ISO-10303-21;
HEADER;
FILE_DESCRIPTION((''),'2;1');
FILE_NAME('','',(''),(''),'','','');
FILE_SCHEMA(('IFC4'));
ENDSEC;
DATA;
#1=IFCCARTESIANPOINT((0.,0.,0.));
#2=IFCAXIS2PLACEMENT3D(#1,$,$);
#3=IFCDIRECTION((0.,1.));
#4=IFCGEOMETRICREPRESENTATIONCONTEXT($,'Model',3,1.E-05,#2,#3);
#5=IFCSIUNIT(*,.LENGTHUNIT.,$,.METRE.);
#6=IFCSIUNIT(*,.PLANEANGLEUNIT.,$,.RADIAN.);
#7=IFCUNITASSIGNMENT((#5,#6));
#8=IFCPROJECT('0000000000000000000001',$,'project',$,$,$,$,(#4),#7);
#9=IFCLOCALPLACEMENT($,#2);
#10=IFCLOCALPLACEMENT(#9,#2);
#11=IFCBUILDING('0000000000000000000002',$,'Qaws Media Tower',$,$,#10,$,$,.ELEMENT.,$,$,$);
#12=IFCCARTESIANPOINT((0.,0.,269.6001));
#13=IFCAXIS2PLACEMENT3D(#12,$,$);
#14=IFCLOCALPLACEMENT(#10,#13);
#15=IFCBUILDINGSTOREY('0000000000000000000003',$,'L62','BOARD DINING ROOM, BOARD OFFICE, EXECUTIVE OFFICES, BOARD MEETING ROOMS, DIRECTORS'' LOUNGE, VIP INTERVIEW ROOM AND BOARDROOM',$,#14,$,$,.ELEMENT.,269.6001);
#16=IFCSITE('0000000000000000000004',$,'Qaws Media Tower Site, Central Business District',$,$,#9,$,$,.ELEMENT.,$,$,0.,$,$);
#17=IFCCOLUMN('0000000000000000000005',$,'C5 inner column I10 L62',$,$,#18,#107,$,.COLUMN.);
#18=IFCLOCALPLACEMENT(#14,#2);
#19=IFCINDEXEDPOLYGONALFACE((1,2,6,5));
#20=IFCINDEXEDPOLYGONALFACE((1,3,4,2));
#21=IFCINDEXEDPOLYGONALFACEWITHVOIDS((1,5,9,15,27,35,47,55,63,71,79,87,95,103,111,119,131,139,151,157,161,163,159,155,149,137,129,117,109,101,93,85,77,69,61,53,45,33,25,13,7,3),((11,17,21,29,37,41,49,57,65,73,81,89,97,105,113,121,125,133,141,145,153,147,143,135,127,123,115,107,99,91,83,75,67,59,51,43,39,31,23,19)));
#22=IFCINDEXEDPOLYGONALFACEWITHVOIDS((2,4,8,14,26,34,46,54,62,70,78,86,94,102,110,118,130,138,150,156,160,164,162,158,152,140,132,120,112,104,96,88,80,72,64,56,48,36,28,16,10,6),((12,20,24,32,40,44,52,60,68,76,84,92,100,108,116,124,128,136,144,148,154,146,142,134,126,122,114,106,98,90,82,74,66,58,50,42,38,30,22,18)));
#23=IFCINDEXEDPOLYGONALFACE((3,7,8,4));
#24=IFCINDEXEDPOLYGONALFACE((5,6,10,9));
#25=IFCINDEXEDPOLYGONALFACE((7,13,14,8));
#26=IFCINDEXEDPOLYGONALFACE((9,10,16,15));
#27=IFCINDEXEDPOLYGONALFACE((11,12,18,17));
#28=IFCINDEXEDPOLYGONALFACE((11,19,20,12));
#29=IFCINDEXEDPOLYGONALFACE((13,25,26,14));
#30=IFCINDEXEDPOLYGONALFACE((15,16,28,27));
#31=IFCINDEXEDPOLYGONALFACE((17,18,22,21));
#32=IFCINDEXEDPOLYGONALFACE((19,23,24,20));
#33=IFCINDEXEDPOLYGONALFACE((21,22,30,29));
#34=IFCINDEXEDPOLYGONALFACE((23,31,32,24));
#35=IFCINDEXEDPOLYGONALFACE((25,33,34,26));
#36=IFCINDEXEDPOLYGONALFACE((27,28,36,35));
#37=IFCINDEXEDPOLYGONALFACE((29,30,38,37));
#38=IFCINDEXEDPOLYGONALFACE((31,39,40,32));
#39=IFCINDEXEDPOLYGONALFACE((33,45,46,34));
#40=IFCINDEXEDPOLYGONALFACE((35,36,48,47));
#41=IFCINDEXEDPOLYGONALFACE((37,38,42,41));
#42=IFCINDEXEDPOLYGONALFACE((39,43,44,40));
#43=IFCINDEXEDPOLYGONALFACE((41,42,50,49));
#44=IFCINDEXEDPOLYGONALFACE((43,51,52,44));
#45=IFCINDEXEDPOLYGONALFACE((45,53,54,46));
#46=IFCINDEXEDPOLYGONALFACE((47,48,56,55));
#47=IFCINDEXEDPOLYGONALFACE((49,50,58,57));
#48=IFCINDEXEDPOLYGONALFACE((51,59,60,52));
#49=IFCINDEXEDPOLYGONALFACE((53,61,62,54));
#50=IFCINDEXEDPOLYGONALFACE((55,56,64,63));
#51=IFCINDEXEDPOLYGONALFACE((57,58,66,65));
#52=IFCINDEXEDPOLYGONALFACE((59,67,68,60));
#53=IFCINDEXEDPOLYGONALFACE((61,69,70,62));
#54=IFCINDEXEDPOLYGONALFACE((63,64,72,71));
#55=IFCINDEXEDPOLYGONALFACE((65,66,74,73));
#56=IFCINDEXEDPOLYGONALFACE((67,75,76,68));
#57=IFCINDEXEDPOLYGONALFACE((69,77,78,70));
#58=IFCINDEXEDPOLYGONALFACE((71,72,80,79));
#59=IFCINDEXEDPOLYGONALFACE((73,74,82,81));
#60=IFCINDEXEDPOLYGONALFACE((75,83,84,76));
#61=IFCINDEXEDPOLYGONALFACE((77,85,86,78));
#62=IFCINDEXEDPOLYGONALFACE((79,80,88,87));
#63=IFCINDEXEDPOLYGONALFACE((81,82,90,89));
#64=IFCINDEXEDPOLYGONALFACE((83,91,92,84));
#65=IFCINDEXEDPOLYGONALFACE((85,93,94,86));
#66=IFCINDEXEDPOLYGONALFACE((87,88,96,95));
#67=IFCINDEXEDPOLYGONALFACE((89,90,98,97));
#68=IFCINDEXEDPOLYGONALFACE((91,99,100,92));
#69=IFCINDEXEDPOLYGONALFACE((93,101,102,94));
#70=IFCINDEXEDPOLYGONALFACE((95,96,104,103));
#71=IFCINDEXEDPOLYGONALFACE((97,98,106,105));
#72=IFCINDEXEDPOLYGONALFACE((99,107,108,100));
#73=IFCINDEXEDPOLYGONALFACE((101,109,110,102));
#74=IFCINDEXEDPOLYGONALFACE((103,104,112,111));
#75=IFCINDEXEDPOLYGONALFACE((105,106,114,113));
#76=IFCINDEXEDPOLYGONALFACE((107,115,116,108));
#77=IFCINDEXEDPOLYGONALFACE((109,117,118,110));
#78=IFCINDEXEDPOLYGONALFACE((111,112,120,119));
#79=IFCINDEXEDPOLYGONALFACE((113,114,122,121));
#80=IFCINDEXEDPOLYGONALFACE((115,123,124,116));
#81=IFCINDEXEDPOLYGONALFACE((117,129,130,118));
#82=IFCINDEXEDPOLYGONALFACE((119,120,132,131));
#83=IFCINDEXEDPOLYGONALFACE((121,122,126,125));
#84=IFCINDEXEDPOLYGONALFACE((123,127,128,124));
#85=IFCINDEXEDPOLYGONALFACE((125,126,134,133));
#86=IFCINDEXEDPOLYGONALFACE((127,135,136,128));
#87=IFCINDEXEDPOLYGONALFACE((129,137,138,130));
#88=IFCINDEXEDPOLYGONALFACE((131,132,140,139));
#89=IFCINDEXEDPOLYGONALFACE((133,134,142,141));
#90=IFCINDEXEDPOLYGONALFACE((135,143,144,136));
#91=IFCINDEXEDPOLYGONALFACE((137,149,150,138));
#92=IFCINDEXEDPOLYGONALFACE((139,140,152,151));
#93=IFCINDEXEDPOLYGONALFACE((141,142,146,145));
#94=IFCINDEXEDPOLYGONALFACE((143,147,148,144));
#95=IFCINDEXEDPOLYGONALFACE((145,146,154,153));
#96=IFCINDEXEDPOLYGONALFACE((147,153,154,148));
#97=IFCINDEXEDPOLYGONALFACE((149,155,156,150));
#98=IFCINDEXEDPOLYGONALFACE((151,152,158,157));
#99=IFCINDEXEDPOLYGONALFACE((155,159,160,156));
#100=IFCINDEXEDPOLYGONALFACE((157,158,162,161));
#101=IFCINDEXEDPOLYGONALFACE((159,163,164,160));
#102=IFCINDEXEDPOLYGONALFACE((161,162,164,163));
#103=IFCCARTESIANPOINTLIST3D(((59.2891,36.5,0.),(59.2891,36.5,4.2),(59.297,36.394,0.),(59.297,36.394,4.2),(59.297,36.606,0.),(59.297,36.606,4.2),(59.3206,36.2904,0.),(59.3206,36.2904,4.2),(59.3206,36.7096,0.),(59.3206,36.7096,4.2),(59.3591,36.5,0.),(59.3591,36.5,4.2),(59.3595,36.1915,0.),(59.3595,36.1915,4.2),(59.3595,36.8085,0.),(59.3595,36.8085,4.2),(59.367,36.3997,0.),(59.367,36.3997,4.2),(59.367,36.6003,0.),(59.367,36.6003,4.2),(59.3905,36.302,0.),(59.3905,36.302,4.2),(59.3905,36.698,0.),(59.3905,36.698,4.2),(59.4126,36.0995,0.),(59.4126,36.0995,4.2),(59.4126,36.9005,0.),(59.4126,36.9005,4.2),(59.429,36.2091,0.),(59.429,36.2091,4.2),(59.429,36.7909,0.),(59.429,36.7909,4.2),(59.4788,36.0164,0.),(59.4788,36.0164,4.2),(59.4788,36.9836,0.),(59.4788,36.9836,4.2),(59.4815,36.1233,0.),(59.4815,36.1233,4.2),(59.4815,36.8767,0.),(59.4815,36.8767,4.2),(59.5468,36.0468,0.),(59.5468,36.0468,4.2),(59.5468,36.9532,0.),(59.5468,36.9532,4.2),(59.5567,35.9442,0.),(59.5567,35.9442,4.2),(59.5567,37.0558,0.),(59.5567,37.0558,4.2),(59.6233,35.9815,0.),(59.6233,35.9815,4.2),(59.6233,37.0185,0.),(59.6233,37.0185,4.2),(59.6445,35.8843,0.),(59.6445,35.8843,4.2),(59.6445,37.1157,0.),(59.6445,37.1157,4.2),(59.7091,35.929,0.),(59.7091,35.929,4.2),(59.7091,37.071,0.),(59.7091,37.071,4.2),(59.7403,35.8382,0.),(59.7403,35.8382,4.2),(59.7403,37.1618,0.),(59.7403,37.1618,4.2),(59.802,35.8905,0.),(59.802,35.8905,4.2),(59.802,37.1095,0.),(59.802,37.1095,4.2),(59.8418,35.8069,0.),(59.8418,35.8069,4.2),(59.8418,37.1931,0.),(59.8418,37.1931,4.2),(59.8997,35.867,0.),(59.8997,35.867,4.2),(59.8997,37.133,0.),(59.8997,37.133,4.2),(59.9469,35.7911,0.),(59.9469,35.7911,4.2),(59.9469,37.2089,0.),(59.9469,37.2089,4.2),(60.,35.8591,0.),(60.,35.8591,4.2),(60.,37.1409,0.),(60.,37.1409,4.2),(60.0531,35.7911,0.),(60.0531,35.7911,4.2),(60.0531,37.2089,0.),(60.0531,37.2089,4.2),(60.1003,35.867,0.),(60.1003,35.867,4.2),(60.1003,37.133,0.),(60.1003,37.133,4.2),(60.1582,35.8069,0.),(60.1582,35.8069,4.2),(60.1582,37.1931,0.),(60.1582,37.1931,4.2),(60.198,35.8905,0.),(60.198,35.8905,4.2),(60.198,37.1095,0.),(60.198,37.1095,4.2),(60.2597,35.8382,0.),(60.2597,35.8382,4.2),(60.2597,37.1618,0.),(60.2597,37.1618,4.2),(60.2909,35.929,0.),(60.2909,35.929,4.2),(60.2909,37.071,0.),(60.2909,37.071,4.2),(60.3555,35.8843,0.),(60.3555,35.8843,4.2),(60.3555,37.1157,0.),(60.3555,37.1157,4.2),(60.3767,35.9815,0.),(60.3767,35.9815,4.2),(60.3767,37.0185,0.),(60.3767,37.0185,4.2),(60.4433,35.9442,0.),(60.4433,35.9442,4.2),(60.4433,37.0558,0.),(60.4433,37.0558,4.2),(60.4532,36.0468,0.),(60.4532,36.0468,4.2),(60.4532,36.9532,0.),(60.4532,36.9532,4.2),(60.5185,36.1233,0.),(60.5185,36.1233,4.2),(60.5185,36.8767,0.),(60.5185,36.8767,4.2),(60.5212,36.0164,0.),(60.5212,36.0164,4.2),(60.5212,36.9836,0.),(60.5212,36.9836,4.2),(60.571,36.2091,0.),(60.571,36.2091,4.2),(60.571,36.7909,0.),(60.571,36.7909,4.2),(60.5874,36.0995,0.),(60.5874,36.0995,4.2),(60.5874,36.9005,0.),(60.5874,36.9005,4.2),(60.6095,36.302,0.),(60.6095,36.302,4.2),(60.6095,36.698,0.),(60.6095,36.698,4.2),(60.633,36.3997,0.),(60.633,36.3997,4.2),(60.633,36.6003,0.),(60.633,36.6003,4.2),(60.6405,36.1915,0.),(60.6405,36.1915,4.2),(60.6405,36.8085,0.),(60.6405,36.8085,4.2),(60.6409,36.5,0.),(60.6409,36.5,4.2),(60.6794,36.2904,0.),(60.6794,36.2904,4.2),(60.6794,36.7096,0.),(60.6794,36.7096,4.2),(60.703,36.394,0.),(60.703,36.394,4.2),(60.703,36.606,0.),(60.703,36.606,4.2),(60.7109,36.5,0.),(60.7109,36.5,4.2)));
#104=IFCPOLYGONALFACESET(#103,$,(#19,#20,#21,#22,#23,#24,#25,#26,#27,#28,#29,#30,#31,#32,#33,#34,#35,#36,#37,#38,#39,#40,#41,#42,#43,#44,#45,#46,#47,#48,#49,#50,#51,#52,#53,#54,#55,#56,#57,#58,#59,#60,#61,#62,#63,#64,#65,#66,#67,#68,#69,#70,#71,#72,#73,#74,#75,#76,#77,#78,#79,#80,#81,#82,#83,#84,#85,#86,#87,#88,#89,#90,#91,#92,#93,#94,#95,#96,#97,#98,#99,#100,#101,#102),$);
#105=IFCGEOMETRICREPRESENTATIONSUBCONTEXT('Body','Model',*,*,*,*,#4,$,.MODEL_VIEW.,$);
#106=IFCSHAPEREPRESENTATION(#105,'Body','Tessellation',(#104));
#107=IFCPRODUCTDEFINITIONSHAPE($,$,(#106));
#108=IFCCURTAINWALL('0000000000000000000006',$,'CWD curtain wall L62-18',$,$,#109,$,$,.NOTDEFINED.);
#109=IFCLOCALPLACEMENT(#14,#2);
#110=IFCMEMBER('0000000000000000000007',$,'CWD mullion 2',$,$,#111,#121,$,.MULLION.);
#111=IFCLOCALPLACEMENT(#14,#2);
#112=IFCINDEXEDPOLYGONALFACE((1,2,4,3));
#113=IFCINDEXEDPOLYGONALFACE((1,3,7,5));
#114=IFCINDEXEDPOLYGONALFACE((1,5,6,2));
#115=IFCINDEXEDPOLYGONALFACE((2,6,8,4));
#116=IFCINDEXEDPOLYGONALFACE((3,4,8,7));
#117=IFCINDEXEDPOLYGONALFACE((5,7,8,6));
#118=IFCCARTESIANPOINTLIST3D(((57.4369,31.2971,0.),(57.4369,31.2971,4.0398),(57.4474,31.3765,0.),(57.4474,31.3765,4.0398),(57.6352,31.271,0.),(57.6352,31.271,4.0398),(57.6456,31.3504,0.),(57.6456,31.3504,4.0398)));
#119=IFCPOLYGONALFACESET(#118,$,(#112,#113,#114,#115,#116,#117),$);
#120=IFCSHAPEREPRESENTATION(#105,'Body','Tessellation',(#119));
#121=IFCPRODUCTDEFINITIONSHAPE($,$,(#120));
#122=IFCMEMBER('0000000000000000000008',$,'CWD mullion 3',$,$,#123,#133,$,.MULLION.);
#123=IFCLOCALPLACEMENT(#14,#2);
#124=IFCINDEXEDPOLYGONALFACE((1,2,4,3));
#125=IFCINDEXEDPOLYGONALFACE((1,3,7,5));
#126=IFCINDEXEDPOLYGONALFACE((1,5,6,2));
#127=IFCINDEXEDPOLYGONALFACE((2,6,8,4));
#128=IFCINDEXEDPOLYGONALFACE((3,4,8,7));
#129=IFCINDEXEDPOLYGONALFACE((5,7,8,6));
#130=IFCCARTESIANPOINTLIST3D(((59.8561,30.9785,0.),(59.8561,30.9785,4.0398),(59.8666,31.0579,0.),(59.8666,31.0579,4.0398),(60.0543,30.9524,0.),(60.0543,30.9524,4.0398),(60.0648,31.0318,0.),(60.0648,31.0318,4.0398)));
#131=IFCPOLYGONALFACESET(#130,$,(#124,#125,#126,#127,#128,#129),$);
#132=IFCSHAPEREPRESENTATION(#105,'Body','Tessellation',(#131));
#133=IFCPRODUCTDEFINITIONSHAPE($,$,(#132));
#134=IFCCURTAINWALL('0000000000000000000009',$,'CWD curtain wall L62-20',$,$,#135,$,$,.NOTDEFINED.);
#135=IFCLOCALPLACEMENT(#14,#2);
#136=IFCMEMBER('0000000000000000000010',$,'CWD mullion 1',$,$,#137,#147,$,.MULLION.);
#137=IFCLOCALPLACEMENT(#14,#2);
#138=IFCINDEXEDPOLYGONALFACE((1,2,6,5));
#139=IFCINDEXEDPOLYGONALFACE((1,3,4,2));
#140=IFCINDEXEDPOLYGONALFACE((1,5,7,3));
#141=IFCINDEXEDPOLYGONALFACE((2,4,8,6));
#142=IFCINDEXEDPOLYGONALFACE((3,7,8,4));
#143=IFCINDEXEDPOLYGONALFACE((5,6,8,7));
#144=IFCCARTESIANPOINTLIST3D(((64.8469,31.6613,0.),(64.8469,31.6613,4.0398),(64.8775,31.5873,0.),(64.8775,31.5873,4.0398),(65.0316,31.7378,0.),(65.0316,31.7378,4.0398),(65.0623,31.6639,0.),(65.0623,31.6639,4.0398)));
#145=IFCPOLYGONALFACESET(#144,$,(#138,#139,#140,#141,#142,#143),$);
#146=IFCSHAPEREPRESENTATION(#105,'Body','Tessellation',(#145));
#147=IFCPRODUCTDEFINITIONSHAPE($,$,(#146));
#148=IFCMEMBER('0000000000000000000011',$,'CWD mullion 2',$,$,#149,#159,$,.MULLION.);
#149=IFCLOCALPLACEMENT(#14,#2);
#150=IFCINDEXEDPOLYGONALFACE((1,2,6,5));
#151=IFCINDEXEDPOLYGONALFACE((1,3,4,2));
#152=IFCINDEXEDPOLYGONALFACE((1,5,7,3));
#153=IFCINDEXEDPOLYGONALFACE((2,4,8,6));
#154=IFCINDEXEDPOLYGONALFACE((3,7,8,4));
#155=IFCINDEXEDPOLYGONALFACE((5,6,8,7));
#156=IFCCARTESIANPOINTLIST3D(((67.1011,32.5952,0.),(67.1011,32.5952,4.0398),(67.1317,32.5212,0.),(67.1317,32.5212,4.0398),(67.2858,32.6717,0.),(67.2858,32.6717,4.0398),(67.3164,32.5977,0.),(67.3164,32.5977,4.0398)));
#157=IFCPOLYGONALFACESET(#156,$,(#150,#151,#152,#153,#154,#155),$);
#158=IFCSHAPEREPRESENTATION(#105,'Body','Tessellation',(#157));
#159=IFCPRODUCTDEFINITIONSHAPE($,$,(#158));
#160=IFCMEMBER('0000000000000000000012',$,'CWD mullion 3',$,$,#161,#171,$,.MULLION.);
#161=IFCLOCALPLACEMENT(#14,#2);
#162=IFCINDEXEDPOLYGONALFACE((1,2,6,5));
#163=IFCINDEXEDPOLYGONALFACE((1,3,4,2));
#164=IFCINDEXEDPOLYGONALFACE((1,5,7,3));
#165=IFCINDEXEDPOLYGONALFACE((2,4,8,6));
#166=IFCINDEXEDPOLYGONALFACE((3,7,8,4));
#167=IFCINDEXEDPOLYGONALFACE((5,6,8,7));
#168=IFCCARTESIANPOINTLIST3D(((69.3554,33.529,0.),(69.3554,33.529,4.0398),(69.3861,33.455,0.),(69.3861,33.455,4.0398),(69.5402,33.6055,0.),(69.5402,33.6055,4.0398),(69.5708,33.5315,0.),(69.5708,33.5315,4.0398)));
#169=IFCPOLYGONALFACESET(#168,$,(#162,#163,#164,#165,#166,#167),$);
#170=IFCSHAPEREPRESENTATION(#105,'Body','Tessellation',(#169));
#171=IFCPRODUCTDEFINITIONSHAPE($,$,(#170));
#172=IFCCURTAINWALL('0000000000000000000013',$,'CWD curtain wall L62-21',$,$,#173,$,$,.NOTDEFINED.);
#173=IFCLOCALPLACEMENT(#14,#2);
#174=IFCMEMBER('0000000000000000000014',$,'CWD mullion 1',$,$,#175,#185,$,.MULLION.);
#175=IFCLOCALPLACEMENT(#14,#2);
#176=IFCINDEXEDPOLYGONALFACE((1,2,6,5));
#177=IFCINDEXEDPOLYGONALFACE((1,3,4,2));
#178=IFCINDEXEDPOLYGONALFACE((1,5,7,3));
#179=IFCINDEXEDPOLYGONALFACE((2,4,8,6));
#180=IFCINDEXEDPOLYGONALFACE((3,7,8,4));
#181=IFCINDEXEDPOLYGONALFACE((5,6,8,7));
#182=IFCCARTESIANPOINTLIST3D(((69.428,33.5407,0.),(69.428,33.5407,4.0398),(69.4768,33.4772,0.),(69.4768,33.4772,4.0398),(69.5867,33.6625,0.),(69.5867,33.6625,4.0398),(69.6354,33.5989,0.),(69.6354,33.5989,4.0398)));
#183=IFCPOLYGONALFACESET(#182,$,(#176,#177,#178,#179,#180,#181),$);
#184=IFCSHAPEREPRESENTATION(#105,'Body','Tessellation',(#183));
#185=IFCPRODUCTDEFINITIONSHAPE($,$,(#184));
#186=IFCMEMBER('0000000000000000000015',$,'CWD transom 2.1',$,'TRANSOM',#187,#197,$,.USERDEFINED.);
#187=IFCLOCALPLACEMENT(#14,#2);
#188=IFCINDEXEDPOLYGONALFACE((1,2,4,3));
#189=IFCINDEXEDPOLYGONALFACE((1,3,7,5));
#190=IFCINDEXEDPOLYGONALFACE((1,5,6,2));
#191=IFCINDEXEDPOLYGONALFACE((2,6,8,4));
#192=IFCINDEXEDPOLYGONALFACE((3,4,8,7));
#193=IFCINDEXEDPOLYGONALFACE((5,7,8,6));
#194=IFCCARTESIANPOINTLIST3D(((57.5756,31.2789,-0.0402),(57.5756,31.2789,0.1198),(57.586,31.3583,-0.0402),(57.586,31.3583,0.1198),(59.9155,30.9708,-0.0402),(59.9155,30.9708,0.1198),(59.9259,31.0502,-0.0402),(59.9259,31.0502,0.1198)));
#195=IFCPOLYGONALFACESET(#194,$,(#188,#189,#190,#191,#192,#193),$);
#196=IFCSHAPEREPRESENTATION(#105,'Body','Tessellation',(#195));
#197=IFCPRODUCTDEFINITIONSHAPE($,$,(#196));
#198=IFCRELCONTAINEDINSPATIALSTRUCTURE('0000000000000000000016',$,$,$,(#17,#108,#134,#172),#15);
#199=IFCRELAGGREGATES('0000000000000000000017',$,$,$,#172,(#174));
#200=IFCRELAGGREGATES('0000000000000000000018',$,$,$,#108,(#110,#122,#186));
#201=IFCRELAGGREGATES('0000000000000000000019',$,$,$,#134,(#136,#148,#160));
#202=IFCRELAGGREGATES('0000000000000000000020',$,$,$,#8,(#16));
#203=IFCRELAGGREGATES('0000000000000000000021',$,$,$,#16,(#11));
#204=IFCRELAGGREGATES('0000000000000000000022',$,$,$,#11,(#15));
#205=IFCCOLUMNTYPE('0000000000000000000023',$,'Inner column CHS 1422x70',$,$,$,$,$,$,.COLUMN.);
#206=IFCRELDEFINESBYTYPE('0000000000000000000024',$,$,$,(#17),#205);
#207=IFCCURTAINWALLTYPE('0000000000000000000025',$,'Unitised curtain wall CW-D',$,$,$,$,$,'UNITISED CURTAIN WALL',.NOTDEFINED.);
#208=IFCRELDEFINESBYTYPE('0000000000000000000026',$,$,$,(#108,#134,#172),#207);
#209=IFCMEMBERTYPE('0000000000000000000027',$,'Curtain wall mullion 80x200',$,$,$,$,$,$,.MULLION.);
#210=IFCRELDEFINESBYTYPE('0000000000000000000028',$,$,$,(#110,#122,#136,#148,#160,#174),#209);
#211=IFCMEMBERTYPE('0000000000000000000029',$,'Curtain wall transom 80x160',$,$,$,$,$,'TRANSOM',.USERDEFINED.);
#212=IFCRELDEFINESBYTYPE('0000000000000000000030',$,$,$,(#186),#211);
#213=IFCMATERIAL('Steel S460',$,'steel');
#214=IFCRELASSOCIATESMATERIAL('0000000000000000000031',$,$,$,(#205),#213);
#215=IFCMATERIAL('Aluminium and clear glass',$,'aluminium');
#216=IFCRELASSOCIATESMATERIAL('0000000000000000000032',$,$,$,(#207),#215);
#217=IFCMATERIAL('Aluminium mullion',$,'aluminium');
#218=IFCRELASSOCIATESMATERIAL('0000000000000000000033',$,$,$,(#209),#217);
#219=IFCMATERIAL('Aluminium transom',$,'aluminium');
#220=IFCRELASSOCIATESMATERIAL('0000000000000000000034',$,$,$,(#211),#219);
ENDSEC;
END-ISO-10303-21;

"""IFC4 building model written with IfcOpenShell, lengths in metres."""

from ifc_helpers import new_model, si_unit, direction, frame, origin, origin_2d, place, context, subcontext, project, spatial, rectangle, hollow_circle, extrude, material, material_profile, profile_set, type_object, element, aggregate, save


model = new_model("IFC4")

# Units and contexts
model_context = context("Model", 3, precision=1e-05, world=origin(), true_north=direction((0.0, 1.0)))
body_context = subcontext(model_context, "Body", "Model", "MODEL_VIEW")
ifc_project = project(units=[si_unit("LENGTHUNIT", "METRE"), si_unit("PLANEANGLEUNIT", "RADIAN")], contexts=[model_context])

# Site, building, storey
site_placement = place(None, origin())
site = spatial("IfcSite", under=ifc_project, at=site_placement, Name="Qaws Media Tower Site, Central Business District", CompositionType="ELEMENT", RefElevation=0.0)
building_placement = place(site_placement, origin())
building = spatial("IfcBuilding", under=site, at=building_placement, Name="Qaws Media Tower", CompositionType="ELEMENT")
storey_placement = place(building_placement, frame((0.0, 0.0, 269.6001)))
storey = spatial("IfcBuildingStorey", under=building, at=storey_placement, Name="L62", Description="BOARD DINING ROOM, BOARD OFFICE, EXECUTIVE OFFICES, BOARD MEETING ROOMS, DIRECTORS' LOUNGE, VIP INTERVIEW ROOM AND BOARDROOM", CompositionType="ELEMENT", Elevation=269.6001)

# Column
ifc_material_1 = material(Name="Steel S460", Category="steel")
ifc_material_profile_1 = material_profile(ifc_material_1, hollow_circle(Radius=0.7109, WallThickness=0.0701, at=origin_2d()), Name="CHS 1422x70")
ifc_profile_set_1 = profile_set([ifc_material_profile_1], Name="Steel S460")
column_type = type_object("IfcColumnType", Name="Inner column CHS 1422x70", PredefinedType="COLUMN", material=ifc_profile_set_1)
column_placement = place(storey_placement, frame((60.0, 36.5, 0.0), z_axis=(0.0, 0.0, 1.0), x_axis=(1.0, 0.0, 0.0)))
element("IfcColumn", 1, at=column_placement, inside=storey, type_object=column_type, Name="C5 inner column I10 L62", PredefinedType="COLUMN", context=body_context, shape_type="SweptSolid", body=[
    extrude(hollow_circle(Radius=0.7109, WallThickness=0.0701, at=origin_2d()), origin(), (0.0, 0.0, 1.0), 4.2),
])

# Curtain walls, members
ifc_material_2 = material(Name="Aluminium and clear glass", Category="aluminium")
curtain_wall_type = type_object("IfcCurtainWallType", Name="Unitised curtain wall CW-D", ElementType="UNITISED CURTAIN WALL", PredefinedType="NOTDEFINED", material=ifc_material_2)
curtain_wall_1_placement = place(storey_placement, origin())
curtain_wall_1 = element("IfcCurtainWall", 2, at=curtain_wall_1_placement, inside=storey, type_object=curtain_wall_type, Name="CWD curtain wall L62-18", PredefinedType="NOTDEFINED")
ifc_material_3 = material(Name="Aluminium mullion", Category="aluminium")
ifc_material_profile_2 = material_profile(ifc_material_3, rectangle(XDim=0.0801, YDim=0.2, at=origin_2d()), Name="80x200")
ifc_profile_set_2 = profile_set([ifc_material_profile_2], Name="Aluminium mullion")
member_type_1 = type_object("IfcMemberType", Name="Curtain wall mullion 80x200", PredefinedType="MULLION", material=ifc_profile_set_2)
member_1_placement = place(storey_placement, frame((57.5413, 31.3237, 0.0), z_axis=(0.0, 0.0, 1.0), x_axis=(0.130526, 0.991445, 0.0)))
member_1 = element("IfcMember", 3, at=member_1_placement, type_object=member_type_1, Name="CWD mullion 2", PredefinedType="MULLION", context=body_context, shape_type="SweptSolid", body=[
    extrude(rectangle(XDim=0.0801, YDim=0.2, at=origin_2d()), origin(), (0.0, 0.0, 1.0), 4.0398),
])
member_2_placement = place(storey_placement, frame((59.9604, 31.0051, 0.0), z_axis=(0.0, 0.0, 1.0), x_axis=(0.130526, 0.991445, 0.0)))
member_2 = element("IfcMember", 4, at=member_2_placement, type_object=member_type_1, Name="CWD mullion 3", PredefinedType="MULLION", context=body_context, shape_type="SweptSolid", body=[
    extrude(rectangle(XDim=0.0801, YDim=0.2, at=origin_2d()), origin(), (0.0, 0.0, 1.0), 4.0398),
])
curtain_wall_2_placement = place(storey_placement, origin())
curtain_wall_2 = element("IfcCurtainWall", 5, at=curtain_wall_2_placement, inside=storey, type_object=curtain_wall_type, Name="CWD curtain wall L62-20", PredefinedType="NOTDEFINED")
member_3_placement = place(storey_placement, frame((64.9546, 31.6626, 0.0), z_axis=(0.0, 0.0, 1.0), x_axis=(-0.382683, 0.92388, 0.0)))
member_3 = element("IfcMember", 6, at=member_3_placement, type_object=member_type_1, Name="CWD mullion 1", PredefinedType="MULLION", context=body_context, shape_type="SweptSolid", body=[
    extrude(rectangle(XDim=0.0801, YDim=0.2, at=origin_2d()), origin(), (0.0, 0.0, 1.0), 4.0398),
])
member_4_placement = place(storey_placement, frame((67.2087, 32.5964, 0.0), z_axis=(0.0, 0.0, 1.0), x_axis=(-0.382683, 0.92388, 0.0)))
member_4 = element("IfcMember", 7, at=member_4_placement, type_object=member_type_1, Name="CWD mullion 2", PredefinedType="MULLION", context=body_context, shape_type="SweptSolid", body=[
    extrude(rectangle(XDim=0.0801, YDim=0.2, at=origin_2d()), origin(), (0.0, 0.0, 1.0), 4.0398),
])
member_5_placement = place(storey_placement, frame((69.4631, 33.5303, 0.0), z_axis=(0.0, 0.0, 1.0), x_axis=(-0.382683, 0.92388, 0.0)))
member_5 = element("IfcMember", 8, at=member_5_placement, type_object=member_type_1, Name="CWD mullion 3", PredefinedType="MULLION", context=body_context, shape_type="SweptSolid", body=[
    extrude(rectangle(XDim=0.0801, YDim=0.2, at=origin_2d()), origin(), (0.0, 0.0, 1.0), 4.0398),
])

# Curtain wall, member
curtain_wall_3_placement = place(storey_placement, origin())
curtain_wall_3 = element("IfcCurtainWall", 9, at=curtain_wall_3_placement, inside=storey, type_object=curtain_wall_type, Name="CWD curtain wall L62-21", PredefinedType="NOTDEFINED")
member_6_placement = place(storey_placement, frame((69.5317, 33.5698, 0.0), z_axis=(0.0, 0.0, 1.0), x_axis=(-0.608761, 0.793353, 0.0)))
member_6 = element("IfcMember", 10, at=member_6_placement, type_object=member_type_1, Name="CWD mullion 1", PredefinedType="MULLION", context=body_context, shape_type="SweptSolid", body=[
    extrude(rectangle(XDim=0.0801, YDim=0.2, at=origin_2d()), origin(), (0.0, 0.0, 1.0), 4.0398),
])
aggregate(curtain_wall_3, [member_6])

# Member
ifc_material_4 = material(Name="Aluminium transom", Category="aluminium")
ifc_material_profile_3 = material_profile(ifc_material_4, rectangle(XDim=0.0801, YDim=0.1599, at=origin_2d()), Name="80x160")
ifc_profile_set_3 = profile_set([ifc_material_profile_3], Name="Aluminium transom")
member_type_2 = type_object("IfcMemberType", Name="Curtain wall transom 80x160", ElementType="TRANSOM", PredefinedType="USERDEFINED", material=ifc_profile_set_3)
member_7_placement = place(storey_placement, frame((57.5808, 31.3186, 0.0398), z_axis=(0.991442, -0.130551, 0.0), x_axis=(0.130551, 0.991442, 0.0)))
member_7 = element("IfcMember", 11, at=member_7_placement, type_object=member_type_2, Name="CWD transom 2.1", ObjectType="TRANSOM", PredefinedType="USERDEFINED", context=body_context, shape_type="SweptSolid", body=[
    extrude(rectangle(XDim=0.0801, YDim=0.1599, at=origin_2d()), origin(), (0.0, 0.0, 1.0), 2.3601),
])

aggregate(curtain_wall_1, [member_1, member_2, member_7])
aggregate(curtain_wall_2, [member_3, member_4, member_5])

save(model, "model.ifc")
